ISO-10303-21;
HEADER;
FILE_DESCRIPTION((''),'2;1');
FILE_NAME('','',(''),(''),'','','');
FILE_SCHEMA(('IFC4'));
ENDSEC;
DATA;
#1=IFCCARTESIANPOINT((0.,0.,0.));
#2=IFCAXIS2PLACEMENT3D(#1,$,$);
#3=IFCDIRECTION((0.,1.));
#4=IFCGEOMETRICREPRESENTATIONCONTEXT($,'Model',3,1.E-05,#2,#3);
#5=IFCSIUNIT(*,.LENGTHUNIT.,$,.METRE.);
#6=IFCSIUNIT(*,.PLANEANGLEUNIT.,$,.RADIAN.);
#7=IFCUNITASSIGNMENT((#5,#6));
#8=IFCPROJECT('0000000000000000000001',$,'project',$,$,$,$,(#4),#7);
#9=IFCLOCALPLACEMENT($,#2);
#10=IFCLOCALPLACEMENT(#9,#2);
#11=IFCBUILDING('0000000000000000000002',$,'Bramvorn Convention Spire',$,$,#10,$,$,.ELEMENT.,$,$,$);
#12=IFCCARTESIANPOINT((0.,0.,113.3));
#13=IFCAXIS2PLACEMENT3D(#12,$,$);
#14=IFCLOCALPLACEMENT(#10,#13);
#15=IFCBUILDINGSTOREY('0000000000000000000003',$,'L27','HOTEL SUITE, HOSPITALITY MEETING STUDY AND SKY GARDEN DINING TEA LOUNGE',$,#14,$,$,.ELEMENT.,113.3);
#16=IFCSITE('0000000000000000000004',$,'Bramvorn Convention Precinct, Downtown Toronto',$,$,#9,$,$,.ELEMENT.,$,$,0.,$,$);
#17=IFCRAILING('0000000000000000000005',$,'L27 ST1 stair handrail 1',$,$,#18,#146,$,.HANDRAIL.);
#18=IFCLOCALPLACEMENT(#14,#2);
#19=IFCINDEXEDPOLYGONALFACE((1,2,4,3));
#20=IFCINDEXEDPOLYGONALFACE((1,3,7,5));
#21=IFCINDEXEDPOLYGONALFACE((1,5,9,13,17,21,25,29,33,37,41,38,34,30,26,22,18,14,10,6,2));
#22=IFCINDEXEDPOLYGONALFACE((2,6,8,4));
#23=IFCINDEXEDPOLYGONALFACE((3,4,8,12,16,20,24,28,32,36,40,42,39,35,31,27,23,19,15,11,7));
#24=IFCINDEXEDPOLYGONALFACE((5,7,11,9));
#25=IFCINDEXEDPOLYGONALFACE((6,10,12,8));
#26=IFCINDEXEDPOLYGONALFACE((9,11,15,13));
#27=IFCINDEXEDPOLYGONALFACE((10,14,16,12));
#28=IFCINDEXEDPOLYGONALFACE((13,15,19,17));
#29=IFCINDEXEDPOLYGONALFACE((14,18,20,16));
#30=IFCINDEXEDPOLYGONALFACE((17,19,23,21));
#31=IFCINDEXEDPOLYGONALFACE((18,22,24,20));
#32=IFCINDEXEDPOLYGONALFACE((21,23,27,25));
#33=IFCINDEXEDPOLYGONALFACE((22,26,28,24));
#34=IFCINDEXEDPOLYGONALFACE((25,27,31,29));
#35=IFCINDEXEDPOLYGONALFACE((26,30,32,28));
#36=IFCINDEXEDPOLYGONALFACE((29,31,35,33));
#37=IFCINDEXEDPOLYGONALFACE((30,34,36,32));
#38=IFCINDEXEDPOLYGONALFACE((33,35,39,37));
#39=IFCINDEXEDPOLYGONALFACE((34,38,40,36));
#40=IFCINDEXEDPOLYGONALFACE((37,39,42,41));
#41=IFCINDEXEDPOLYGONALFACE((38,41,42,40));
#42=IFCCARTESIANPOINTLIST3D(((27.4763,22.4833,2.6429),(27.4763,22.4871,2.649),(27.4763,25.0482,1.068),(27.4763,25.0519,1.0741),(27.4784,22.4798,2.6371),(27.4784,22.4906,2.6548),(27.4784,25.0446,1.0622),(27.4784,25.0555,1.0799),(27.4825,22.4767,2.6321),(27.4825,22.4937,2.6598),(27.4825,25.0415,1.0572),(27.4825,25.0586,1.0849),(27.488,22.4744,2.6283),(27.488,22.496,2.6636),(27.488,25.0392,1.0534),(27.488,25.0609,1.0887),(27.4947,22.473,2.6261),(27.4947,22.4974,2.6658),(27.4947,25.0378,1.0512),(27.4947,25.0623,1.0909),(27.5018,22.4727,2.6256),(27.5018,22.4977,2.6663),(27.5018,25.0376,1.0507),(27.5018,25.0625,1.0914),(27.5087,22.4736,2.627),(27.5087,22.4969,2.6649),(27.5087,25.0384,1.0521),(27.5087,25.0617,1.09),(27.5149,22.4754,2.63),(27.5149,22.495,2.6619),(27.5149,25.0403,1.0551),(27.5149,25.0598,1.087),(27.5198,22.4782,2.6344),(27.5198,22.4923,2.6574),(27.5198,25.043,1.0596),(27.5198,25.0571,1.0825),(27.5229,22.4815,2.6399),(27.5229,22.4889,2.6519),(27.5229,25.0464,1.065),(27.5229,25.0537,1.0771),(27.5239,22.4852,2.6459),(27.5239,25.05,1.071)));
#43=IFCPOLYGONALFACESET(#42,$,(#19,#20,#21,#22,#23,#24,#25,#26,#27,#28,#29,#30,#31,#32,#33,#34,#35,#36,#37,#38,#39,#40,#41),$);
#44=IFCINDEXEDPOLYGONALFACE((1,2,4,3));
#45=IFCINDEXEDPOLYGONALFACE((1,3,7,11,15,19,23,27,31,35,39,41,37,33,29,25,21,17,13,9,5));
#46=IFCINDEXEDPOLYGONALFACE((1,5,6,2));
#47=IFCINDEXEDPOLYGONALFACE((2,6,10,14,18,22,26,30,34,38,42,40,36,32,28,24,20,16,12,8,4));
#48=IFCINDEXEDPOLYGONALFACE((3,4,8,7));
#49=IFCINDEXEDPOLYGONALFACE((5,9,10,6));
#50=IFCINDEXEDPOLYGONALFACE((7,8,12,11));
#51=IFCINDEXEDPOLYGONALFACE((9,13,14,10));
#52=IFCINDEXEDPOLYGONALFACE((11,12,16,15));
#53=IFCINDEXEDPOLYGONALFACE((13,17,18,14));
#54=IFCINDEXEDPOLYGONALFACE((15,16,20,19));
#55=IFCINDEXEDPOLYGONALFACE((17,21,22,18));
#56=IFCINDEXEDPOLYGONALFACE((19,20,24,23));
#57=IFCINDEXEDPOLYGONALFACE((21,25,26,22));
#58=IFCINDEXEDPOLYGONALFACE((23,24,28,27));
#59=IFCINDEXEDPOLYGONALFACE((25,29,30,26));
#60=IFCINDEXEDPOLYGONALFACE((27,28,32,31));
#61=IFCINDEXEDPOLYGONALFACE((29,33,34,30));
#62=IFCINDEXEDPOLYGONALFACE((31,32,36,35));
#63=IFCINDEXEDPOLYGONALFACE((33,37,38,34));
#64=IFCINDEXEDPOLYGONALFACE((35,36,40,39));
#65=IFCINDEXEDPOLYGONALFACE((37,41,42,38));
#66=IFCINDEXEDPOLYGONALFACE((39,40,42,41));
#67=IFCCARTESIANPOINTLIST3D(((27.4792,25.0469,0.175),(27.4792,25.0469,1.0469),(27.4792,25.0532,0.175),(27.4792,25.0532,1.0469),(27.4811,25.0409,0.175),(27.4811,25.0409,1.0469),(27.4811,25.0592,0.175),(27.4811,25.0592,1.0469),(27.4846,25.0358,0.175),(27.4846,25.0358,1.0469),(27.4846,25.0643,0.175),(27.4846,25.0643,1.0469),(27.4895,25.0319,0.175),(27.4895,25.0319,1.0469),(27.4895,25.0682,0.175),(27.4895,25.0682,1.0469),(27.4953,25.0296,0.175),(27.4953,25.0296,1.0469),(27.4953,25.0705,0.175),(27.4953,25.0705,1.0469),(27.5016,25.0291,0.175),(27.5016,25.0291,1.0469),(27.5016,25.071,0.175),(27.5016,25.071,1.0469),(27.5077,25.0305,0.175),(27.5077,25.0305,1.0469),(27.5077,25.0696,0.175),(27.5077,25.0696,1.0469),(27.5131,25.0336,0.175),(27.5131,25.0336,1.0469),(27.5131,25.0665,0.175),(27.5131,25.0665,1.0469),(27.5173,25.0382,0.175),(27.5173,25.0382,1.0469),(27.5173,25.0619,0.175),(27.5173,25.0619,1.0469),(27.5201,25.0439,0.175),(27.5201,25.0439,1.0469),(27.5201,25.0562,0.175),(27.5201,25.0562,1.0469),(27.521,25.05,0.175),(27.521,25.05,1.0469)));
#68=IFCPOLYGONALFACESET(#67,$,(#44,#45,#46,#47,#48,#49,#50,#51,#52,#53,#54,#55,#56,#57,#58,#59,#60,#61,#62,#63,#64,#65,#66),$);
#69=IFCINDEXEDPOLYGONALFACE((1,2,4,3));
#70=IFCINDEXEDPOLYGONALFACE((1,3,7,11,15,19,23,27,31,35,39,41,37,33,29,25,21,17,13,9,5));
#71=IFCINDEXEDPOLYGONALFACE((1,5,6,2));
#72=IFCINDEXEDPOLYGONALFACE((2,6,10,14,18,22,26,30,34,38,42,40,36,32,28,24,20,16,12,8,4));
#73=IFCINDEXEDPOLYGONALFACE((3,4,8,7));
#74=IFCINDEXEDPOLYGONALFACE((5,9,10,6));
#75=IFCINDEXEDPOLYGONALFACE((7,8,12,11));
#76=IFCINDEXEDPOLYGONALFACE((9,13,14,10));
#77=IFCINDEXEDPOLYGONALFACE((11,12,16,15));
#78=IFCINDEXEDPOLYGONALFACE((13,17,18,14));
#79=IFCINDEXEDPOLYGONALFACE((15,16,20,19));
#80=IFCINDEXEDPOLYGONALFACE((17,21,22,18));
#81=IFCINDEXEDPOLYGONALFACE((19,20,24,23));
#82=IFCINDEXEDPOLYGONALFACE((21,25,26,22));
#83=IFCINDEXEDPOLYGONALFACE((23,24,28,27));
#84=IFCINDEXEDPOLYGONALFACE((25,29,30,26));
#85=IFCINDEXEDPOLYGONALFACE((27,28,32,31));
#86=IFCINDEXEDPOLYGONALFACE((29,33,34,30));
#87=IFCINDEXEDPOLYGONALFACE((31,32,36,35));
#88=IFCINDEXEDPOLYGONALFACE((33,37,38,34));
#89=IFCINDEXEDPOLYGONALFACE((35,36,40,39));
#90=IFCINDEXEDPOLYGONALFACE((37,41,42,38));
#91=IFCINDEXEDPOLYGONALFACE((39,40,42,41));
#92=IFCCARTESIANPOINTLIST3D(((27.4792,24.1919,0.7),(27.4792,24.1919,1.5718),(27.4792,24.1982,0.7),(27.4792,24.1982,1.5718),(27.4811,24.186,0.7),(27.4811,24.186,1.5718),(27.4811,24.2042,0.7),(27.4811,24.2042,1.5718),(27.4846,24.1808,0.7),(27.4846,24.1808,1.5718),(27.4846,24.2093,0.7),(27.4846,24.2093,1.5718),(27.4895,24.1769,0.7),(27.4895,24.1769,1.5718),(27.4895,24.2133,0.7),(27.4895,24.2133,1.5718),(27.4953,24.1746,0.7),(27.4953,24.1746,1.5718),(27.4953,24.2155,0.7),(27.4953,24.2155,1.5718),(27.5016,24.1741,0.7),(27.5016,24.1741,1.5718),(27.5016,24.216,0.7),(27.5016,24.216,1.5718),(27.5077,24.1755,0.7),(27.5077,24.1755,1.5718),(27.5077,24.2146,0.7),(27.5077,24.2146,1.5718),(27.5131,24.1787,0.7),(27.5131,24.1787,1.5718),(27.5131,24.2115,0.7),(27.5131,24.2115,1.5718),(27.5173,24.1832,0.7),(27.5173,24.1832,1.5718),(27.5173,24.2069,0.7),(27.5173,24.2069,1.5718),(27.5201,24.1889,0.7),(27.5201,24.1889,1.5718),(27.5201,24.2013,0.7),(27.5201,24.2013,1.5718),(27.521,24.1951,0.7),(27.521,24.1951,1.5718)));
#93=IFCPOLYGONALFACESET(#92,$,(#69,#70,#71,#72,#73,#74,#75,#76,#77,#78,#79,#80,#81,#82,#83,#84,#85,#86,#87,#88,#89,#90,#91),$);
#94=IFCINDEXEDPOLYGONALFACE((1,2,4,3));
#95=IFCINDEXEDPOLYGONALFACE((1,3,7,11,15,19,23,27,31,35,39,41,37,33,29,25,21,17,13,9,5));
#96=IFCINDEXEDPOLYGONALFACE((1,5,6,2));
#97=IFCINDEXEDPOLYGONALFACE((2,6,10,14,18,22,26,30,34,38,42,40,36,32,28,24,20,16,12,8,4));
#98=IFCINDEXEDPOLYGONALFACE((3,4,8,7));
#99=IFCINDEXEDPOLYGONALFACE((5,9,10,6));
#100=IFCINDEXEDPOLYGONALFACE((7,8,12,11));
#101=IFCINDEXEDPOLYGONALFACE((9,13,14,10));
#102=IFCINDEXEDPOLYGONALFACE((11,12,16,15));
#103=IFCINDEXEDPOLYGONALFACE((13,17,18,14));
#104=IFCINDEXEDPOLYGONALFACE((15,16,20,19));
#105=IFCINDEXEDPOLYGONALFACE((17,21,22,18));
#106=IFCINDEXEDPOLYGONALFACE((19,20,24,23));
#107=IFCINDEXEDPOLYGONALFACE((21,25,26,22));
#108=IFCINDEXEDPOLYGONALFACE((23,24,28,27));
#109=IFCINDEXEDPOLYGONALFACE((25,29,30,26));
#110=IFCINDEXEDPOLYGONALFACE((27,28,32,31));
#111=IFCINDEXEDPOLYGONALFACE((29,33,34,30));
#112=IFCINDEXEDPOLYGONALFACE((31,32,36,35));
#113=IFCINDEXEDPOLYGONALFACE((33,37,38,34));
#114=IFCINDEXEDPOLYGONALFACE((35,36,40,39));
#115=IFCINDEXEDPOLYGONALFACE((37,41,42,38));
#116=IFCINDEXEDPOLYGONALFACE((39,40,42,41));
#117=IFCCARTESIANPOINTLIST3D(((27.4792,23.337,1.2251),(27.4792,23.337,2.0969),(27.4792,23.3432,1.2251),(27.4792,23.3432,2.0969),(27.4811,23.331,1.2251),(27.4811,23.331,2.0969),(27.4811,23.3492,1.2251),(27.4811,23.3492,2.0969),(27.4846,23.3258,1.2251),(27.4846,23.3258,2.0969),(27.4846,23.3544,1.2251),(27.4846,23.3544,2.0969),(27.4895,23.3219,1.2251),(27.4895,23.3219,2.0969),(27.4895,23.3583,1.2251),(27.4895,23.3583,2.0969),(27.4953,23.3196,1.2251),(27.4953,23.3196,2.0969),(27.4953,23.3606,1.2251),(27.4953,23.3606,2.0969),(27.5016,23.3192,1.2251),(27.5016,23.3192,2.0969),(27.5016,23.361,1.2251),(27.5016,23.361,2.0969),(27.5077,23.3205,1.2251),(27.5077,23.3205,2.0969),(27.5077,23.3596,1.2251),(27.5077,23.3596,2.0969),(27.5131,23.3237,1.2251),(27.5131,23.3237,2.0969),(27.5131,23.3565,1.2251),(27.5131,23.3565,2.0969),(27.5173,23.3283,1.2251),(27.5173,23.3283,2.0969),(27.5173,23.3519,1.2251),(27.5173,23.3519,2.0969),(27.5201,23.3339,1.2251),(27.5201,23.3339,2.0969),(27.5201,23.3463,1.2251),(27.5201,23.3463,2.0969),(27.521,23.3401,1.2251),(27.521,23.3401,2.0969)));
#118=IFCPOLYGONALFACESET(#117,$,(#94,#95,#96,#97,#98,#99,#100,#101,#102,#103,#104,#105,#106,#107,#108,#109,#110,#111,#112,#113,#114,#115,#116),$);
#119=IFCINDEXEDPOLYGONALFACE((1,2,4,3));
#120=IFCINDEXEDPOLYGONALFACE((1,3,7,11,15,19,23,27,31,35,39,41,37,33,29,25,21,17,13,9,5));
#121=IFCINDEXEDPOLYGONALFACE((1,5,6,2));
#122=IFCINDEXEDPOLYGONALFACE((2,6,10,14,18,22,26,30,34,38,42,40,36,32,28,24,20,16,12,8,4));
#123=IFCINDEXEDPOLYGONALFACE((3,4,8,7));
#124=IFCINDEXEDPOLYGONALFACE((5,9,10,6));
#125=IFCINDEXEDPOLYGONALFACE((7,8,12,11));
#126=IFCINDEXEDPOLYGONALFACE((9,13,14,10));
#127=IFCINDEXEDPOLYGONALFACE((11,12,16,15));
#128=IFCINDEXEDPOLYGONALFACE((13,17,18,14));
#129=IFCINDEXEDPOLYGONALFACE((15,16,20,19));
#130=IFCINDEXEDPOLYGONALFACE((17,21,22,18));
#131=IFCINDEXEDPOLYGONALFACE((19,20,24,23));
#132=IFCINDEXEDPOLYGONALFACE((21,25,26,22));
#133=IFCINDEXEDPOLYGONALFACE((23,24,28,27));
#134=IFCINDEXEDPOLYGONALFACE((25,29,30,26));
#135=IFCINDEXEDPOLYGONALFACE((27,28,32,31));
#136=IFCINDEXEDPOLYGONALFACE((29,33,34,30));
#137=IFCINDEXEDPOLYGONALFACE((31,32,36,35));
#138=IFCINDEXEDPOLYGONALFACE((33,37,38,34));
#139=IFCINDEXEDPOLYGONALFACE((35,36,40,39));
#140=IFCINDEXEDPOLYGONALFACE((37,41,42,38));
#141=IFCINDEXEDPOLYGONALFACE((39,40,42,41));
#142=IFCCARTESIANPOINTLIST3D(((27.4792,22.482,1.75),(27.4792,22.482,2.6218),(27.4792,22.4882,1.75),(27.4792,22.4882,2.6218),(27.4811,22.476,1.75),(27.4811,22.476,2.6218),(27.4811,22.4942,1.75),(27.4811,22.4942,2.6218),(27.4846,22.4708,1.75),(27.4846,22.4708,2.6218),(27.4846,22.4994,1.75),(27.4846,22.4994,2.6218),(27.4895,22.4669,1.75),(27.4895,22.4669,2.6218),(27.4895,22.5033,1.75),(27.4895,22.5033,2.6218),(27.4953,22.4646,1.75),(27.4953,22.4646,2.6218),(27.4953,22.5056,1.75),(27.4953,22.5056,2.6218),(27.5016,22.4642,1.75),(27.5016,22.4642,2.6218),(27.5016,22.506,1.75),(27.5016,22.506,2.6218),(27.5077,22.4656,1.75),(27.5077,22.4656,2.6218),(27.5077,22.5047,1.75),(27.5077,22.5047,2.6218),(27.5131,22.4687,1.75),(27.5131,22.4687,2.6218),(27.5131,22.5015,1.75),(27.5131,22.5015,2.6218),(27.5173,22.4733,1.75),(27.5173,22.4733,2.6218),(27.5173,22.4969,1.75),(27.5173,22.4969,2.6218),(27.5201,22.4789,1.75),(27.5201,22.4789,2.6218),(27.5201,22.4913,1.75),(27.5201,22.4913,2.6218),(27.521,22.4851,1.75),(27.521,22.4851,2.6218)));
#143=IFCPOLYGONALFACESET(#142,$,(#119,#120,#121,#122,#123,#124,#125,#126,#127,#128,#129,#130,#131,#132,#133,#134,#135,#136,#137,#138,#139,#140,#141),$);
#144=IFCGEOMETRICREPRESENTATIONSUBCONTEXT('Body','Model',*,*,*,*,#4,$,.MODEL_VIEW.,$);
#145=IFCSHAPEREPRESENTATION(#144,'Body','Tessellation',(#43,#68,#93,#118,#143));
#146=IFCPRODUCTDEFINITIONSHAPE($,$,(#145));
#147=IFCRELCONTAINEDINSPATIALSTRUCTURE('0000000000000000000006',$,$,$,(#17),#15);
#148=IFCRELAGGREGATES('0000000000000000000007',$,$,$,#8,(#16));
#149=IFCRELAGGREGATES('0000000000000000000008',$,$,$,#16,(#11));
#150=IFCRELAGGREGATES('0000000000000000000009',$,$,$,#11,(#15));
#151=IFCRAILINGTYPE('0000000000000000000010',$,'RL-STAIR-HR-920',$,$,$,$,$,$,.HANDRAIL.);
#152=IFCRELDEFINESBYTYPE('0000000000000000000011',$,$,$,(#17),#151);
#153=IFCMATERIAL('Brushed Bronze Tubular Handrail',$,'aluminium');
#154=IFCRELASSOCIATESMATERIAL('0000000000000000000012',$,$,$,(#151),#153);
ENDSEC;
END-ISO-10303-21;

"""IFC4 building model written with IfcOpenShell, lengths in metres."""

from ifc_helpers import new_model, si_unit, direction, frame, origin, origin_2d, place, context, subcontext, project, spatial, circle, extrude, material, type_object, element, save


model = new_model("IFC4")

# Units and contexts
model_context = context("Model", 3, precision=1e-05, world=origin(), true_north=direction((0.0, 1.0)))
body_context = subcontext(model_context, "Body", "Model", "MODEL_VIEW")
ifc_project = project(units=[si_unit("LENGTHUNIT", "METRE"), si_unit("PLANEANGLEUNIT", "RADIAN")], contexts=[model_context])

# Site, building, storey
site_placement = place(None, origin())
site = spatial("IfcSite", under=ifc_project, at=site_placement, Name="Bramvorn Convention Precinct, Downtown Toronto", CompositionType="ELEMENT", RefElevation=0.0)
building_placement = place(site_placement, origin())
building = spatial("IfcBuilding", under=site, at=building_placement, Name="Bramvorn Convention Spire", CompositionType="ELEMENT")
storey_placement = place(building_placement, frame((0.0, 0.0, 113.3)))
storey = spatial("IfcBuildingStorey", under=building, at=storey_placement, Name="L27", Description="HOTEL SUITE, HOSPITALITY MEETING STUDY AND SKY GARDEN DINING TEA LOUNGE", CompositionType="ELEMENT", Elevation=113.3)

# Railing
ifc_material_1 = material(Name="Brushed Bronze Tubular Handrail", Category="aluminium")
railing_type_1 = type_object("IfcRailingType", Name="RL-STAIR-HR-920", PredefinedType="HANDRAIL", material=ifc_material_1)
railing_1_placement = place(storey_placement, frame((27.5, 25.05, 0.175)))
element("IfcRailing", 1, at=railing_1_placement, inside=storey, type_object=railing_type_1, Name="L27 ST1 stair handrail 1", PredefinedType="HANDRAIL", context=body_context, shape_type="SweptSolid", body=[
    extrude(circle(Radius=0.0239, at=origin_2d()), frame((0.0, 0.0, 0.896), z_axis=(0.0, -0.852173, 0.52326), x_axis=(1.0, 0.0, 0.0)), (0.0, 0.0, 1.0), 3.0098),
    extrude(circle(Radius=0.021, at=origin_2d()), origin(), (0.0, 0.0, 1.0), 0.8718),
    extrude(circle(Radius=0.021, at=origin_2d()), frame((0.0, -0.855, 0.5249)), (0.0, 0.0, 1.0), 0.8718),
    extrude(circle(Radius=0.021, at=origin_2d()), frame((0.0, -1.71, 1.05)), (0.0, 0.0, 1.0), 0.8718),
    extrude(circle(Radius=0.021, at=origin_2d()), frame((0.0, -2.5649, 1.575)), (0.0, 0.0, 1.0), 0.8718),
])

save(model, "model.ifc")
